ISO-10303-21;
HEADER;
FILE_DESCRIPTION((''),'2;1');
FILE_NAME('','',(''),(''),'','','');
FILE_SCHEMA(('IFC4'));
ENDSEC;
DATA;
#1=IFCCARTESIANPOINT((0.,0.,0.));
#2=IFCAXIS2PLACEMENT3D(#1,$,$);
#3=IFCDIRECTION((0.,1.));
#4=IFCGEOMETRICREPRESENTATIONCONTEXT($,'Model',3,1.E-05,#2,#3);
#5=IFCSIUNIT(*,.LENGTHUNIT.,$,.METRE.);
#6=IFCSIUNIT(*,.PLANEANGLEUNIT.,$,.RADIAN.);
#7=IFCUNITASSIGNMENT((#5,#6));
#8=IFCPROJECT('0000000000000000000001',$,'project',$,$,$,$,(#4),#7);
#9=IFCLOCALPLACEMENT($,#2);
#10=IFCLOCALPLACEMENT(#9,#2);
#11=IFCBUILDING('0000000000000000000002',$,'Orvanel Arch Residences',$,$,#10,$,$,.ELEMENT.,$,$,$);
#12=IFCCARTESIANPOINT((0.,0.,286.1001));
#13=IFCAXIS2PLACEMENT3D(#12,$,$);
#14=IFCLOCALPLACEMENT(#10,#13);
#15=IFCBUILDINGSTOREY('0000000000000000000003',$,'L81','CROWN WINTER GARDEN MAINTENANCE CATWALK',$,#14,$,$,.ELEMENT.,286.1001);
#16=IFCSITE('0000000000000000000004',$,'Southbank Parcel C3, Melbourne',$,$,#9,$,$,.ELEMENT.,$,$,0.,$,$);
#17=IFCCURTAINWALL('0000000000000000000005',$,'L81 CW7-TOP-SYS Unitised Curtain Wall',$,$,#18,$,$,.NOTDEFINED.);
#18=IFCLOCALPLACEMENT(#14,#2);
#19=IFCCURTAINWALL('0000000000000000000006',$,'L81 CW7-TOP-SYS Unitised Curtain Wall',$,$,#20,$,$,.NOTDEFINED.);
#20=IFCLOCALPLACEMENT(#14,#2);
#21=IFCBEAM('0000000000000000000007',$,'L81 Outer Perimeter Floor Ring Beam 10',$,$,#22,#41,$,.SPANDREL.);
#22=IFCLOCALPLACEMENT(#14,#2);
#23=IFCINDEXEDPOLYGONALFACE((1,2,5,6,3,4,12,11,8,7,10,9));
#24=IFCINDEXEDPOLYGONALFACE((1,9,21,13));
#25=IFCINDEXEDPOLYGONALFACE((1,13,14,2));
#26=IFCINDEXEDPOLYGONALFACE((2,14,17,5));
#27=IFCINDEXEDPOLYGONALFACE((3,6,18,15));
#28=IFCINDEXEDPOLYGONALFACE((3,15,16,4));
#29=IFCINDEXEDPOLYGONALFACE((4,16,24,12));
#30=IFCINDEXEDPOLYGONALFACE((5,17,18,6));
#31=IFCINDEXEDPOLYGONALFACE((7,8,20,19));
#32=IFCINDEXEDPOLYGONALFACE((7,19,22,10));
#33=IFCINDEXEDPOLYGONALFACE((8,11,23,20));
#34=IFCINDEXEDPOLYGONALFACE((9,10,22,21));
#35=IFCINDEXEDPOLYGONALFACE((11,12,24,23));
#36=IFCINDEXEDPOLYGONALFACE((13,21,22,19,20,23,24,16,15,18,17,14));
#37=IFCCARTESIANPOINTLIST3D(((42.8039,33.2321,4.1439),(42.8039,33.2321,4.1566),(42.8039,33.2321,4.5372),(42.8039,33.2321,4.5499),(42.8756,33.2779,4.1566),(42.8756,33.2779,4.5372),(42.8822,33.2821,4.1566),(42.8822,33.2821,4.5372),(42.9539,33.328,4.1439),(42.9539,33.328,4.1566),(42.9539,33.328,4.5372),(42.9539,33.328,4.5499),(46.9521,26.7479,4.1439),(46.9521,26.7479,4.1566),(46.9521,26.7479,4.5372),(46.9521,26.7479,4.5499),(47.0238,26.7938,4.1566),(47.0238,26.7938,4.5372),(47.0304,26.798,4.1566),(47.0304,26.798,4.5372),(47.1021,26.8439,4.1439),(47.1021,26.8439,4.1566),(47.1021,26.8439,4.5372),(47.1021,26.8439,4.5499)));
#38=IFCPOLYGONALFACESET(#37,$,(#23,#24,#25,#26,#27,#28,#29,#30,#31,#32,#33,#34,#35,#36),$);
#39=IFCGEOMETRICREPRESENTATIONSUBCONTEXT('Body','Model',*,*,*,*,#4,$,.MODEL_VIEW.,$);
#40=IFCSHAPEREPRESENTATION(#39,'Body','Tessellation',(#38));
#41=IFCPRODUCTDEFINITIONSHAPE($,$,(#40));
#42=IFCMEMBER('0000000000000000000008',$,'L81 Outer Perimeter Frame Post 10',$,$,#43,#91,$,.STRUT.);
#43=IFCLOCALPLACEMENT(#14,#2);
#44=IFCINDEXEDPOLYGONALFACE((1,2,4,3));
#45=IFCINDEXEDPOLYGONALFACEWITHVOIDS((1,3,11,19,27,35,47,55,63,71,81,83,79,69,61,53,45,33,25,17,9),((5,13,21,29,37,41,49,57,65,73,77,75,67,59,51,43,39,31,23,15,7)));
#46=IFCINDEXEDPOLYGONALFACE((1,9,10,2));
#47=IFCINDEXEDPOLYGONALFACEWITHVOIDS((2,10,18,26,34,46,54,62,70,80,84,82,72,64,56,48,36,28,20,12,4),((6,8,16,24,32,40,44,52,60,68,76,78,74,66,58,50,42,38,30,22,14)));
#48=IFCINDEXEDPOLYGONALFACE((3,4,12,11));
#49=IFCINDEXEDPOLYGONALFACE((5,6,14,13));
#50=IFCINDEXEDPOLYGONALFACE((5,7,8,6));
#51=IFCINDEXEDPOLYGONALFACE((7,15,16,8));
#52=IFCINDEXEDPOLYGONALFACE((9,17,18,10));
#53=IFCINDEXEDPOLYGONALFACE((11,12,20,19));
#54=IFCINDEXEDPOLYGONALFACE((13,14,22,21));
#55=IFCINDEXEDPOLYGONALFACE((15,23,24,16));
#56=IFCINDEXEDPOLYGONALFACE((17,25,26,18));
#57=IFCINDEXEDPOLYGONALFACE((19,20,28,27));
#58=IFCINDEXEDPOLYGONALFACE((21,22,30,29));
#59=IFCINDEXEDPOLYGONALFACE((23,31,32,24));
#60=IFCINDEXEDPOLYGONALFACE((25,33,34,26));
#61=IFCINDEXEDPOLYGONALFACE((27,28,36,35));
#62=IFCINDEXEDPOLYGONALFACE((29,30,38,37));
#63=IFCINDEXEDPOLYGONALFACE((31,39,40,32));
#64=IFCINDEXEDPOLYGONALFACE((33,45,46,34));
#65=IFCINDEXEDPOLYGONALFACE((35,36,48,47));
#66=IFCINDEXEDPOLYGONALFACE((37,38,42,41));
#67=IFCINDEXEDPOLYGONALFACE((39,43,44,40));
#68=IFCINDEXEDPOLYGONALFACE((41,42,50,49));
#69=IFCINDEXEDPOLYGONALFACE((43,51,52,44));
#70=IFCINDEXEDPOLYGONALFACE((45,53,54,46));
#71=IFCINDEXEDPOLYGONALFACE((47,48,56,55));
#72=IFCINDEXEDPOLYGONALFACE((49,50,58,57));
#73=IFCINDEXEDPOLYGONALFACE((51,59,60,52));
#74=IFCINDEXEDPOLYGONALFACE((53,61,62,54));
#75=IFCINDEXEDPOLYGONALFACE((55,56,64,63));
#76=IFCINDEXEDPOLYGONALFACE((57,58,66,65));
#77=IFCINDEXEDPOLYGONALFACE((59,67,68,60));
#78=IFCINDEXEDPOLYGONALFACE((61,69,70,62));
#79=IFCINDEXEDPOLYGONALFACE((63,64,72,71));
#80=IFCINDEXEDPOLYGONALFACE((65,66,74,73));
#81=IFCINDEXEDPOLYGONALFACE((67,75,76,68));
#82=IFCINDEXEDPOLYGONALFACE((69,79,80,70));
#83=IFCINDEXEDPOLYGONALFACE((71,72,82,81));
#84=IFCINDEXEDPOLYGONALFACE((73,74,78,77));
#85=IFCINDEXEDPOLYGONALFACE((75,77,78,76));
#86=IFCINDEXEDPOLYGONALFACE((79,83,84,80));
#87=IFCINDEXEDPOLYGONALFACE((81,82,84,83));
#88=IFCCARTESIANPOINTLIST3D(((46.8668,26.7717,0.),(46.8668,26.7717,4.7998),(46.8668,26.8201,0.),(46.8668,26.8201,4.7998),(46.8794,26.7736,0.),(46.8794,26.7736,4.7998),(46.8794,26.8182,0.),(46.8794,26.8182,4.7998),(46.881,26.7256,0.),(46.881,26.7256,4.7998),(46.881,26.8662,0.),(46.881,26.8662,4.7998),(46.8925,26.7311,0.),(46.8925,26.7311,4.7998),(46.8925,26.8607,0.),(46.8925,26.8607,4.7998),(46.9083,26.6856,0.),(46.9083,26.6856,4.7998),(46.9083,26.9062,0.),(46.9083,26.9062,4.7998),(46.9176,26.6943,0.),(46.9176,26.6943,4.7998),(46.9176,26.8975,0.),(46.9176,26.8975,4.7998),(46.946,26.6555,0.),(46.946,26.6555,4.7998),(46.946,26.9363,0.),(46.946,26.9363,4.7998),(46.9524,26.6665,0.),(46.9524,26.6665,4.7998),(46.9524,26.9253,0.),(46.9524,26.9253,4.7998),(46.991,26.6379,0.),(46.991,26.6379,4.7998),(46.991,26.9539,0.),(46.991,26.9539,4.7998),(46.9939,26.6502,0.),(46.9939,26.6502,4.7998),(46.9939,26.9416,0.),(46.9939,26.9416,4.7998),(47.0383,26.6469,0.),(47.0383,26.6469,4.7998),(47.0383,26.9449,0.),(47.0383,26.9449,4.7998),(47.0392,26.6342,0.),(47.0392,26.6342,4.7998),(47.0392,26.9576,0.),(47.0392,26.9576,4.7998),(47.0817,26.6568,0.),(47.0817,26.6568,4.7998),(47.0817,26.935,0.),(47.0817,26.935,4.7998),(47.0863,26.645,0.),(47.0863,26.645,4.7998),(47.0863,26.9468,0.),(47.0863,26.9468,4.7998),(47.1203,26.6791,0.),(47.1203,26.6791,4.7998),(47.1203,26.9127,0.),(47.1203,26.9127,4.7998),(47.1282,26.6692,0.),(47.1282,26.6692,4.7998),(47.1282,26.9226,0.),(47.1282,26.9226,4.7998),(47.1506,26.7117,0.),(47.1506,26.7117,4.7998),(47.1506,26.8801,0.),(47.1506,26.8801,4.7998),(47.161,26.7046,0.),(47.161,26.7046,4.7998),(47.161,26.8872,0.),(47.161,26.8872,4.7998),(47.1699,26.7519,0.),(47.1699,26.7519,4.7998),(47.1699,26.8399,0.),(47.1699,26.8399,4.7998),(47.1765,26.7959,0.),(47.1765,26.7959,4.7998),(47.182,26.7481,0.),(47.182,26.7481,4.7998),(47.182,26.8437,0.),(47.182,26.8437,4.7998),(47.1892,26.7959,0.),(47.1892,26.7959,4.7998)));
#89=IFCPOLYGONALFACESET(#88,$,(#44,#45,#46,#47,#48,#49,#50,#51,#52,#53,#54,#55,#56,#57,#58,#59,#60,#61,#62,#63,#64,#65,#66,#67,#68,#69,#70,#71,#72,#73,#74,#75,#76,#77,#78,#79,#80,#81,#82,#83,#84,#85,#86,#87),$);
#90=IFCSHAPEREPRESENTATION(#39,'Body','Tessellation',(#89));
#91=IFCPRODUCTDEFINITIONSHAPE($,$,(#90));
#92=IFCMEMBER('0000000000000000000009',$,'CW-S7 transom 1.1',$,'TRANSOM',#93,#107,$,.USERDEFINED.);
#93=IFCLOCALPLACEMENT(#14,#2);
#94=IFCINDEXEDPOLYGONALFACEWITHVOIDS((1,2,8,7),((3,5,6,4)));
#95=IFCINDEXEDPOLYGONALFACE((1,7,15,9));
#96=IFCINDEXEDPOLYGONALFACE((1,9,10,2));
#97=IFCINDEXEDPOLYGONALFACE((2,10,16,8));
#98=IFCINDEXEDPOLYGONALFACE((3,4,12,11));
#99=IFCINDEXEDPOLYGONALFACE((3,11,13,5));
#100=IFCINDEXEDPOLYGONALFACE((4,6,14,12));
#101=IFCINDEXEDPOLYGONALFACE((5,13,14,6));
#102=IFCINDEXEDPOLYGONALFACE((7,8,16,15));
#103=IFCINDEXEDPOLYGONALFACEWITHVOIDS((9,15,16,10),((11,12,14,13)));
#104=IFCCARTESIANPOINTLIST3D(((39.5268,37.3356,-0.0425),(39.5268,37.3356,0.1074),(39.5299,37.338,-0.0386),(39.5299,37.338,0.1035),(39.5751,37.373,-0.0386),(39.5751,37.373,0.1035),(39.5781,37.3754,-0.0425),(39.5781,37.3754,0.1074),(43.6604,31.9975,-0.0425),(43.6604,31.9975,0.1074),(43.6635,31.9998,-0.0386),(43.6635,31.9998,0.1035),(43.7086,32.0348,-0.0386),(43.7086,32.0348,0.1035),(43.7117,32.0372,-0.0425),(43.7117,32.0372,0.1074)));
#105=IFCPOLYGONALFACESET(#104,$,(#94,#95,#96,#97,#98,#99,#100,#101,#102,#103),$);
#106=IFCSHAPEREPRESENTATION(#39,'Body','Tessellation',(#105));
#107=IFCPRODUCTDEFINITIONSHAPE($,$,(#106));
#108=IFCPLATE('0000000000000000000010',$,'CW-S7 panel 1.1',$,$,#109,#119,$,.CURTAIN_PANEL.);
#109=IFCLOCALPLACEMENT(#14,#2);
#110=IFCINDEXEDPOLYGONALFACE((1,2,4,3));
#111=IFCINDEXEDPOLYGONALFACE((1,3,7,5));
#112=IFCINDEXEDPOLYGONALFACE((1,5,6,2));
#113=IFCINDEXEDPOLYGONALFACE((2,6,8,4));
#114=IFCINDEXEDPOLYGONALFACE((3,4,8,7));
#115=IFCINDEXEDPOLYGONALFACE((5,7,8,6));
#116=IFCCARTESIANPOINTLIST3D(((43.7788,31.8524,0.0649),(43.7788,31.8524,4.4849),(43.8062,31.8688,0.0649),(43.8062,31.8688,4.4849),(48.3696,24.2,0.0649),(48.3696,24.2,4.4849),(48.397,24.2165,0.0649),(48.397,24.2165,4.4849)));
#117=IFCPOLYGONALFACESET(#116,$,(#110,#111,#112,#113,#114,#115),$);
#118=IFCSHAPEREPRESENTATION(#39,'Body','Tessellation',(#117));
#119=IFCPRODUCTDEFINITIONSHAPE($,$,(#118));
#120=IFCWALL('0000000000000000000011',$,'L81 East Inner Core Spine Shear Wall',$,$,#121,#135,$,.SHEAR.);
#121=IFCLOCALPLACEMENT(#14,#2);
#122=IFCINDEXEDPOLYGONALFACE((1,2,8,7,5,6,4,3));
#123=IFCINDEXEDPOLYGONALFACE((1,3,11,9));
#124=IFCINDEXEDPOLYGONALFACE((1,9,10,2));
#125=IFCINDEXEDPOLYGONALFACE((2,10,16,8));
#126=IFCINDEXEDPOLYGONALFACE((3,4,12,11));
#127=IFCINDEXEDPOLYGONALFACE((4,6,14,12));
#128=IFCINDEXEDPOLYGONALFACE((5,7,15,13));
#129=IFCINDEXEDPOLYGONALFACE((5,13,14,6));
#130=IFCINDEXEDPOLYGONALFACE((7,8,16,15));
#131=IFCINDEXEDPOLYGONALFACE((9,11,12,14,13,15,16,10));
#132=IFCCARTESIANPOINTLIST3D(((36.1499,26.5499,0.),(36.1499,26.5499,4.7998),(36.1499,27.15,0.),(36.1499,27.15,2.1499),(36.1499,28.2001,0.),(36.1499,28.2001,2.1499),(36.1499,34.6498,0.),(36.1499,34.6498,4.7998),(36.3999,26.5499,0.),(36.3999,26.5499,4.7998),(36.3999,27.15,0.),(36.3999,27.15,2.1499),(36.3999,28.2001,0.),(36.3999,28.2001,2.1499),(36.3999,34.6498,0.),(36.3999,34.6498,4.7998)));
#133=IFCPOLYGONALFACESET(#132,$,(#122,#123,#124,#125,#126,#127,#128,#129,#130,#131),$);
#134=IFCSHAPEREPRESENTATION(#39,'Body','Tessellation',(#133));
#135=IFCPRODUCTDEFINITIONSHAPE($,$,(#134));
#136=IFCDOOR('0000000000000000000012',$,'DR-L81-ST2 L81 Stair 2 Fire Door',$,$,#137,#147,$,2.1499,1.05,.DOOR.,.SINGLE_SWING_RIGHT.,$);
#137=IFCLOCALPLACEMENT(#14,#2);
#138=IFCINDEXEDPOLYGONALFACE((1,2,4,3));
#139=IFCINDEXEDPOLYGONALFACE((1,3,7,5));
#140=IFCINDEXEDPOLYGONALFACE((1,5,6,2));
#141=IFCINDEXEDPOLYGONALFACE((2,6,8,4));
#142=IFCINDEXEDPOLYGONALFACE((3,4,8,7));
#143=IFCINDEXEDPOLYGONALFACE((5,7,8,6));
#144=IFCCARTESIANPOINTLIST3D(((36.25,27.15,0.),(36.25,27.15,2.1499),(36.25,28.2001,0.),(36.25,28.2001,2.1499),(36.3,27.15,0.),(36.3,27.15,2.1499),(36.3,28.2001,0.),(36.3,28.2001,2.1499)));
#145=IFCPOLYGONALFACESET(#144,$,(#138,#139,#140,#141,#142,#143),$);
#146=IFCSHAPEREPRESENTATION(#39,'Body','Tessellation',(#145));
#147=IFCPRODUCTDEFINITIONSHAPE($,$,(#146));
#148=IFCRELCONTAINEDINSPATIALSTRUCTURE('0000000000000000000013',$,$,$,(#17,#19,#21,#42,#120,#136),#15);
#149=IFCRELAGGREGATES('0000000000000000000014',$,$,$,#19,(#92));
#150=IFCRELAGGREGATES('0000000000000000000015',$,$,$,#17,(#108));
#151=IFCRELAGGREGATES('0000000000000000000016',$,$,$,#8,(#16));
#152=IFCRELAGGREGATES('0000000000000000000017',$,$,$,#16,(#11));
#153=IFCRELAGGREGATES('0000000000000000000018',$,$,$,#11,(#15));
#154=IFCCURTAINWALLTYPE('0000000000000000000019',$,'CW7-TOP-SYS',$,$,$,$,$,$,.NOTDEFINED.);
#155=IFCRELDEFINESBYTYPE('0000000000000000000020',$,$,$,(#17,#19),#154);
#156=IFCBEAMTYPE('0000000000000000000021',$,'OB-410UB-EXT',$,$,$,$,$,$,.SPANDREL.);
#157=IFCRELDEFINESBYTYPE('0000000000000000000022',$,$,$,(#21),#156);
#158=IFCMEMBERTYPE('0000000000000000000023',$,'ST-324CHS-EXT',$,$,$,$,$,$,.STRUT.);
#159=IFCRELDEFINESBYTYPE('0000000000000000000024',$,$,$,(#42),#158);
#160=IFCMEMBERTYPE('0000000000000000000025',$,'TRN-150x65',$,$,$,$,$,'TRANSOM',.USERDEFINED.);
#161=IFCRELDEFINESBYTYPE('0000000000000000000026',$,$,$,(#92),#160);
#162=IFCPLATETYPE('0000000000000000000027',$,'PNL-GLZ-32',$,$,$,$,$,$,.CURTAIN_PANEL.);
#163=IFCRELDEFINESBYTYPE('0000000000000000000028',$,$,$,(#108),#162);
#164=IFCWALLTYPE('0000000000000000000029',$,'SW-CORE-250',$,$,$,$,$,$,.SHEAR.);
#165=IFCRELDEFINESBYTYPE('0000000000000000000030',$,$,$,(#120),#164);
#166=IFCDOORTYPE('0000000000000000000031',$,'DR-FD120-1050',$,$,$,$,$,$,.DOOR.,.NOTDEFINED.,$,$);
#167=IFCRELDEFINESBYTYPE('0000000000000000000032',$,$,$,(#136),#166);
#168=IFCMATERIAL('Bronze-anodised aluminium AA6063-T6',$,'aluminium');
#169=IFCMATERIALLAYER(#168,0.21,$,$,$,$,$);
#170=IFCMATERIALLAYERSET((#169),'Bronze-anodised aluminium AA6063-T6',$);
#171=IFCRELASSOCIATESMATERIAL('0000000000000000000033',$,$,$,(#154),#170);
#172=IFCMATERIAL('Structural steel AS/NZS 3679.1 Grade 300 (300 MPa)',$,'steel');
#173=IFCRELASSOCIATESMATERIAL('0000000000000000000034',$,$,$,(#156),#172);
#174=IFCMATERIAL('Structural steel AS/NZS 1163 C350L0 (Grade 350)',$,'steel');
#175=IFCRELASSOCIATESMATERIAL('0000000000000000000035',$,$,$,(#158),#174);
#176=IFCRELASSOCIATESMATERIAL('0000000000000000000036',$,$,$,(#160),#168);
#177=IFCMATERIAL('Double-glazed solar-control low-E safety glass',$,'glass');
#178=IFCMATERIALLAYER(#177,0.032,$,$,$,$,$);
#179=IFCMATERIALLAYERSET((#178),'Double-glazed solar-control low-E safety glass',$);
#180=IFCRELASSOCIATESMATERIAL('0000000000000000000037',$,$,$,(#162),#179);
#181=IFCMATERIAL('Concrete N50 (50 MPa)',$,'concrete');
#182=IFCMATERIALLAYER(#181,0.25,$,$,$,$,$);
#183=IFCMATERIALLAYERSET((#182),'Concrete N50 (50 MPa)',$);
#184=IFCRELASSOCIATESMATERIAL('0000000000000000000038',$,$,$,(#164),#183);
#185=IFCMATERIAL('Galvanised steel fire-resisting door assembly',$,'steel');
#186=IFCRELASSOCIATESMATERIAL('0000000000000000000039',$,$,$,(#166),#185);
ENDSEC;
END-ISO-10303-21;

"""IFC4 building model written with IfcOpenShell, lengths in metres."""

from ifc_helpers import new_model, si_unit, direction, frame, frame_2d, origin, origin_2d, place, context, subcontext, project, spatial, rectangle, hollow_rectangle, hollow_circle, i_section, extrude, material, layer, layer_set, material_profile, profile_set, type_object, element, fill, aggregate, save


model = new_model("IFC4")

# Units and contexts
model_context = context("Model", 3, precision=1e-05, world=origin(), true_north=direction((0.0, 1.0)))
body_context = subcontext(model_context, "Body", "Model", "MODEL_VIEW")
ifc_project = project(units=[si_unit("LENGTHUNIT", "METRE"), si_unit("PLANEANGLEUNIT", "RADIAN")], contexts=[model_context])

# Site, building, storey
site_placement = place(None, origin())
site = spatial("IfcSite", under=ifc_project, at=site_placement, Name="Southbank Parcel C3, Melbourne", CompositionType="ELEMENT", RefElevation=0.0)
building_placement = place(site_placement, origin())
building = spatial("IfcBuilding", under=site, at=building_placement, Name="Orvanel Arch Residences", CompositionType="ELEMENT")
storey_placement = place(building_placement, frame((0.0, 0.0, 286.1001)))
storey = spatial("IfcBuildingStorey", under=building, at=storey_placement, Name="L81", Description="CROWN WINTER GARDEN MAINTENANCE CATWALK", CompositionType="ELEMENT", Elevation=286.1001)

# Shared definitions
ifc_material_1 = material(Name="Structural steel AS/NZS 1163 C350L0 (Grade 350)", Category="steel")

# Shared definitions
ifc_material_2 = material(Name="Structural steel AS/NZS 3679.1 Grade 300 (300 MPa)", Category="steel")

# Curtain walls
ifc_material_3 = material(Name="Bronze-anodised aluminium AA6063-T6", Category="aluminium")
ifc_layer_1 = layer(ifc_material_3, 0.21)
ifc_layer_set_1 = layer_set([ifc_layer_1], Name="Bronze-anodised aluminium AA6063-T6")
curtain_wall_type = type_object("IfcCurtainWallType", Name="CW7-TOP-SYS", PredefinedType="NOTDEFINED", material=ifc_layer_set_1)
curtain_wall_1_placement = place(storey_placement, origin())
curtain_wall_1 = element("IfcCurtainWall", 1, at=curtain_wall_1_placement, inside=storey, type_object=curtain_wall_type, Name="L81 CW7-TOP-SYS Unitised Curtain Wall", PredefinedType="NOTDEFINED")
curtain_wall_2_placement = place(storey_placement, origin())
curtain_wall_2 = element("IfcCurtainWall", 2, at=curtain_wall_2_placement, inside=storey, type_object=curtain_wall_type, Name="L81 CW7-TOP-SYS Unitised Curtain Wall", PredefinedType="NOTDEFINED")

# Beam
ifc_material_profile_1 = material_profile(ifc_material_2, i_section(OverallWidth=0.178, OverallDepth=0.406, WebThickness=0.0078, FlangeThickness=0.0127, at=origin_2d()), Name="410UB59.7")
ifc_profile_set_1 = profile_set([ifc_material_profile_1], Name="Structural steel AS/NZS 3679.1 Grade 300 (300 MPa)")
beam_type_1 = type_object("IfcBeamType", Name="OB-410UB-EXT", PredefinedType="SPANDREL", material=ifc_profile_set_1)
beam_1_placement = place(storey_placement, frame((47.0271, 26.7959, 4.3469), z_axis=(-0.538902, 0.842369, 0.0), x_axis=(-0.842369, -0.538902, 0.0)))
element("IfcBeam", 3, at=beam_1_placement, inside=storey, type_object=beam_type_1, Name="L81 Outer Perimeter Floor Ring Beam 10", PredefinedType="SPANDREL", context=body_context, shape_type="SweptSolid", body=[
    extrude(i_section(OverallWidth=0.178, OverallDepth=0.406, WebThickness=0.0078, FlangeThickness=0.0127, at=origin_2d()), origin(), (0.0, 0.0, 1.0), 7.6975),
])

# Members
ifc_material_profile_2 = material_profile(ifc_material_1, hollow_circle(Radius=0.1621, WallThickness=0.0127, at=origin_2d()), Name="CHS324x12.7")
ifc_profile_set_2 = profile_set([ifc_material_profile_2], Name="Structural steel AS/NZS 1163 C350L0 (Grade 350)")
member_type_1 = type_object("IfcMemberType", Name="ST-324CHS-EXT", PredefinedType="STRUT", material=ifc_profile_set_2)
member_1_placement = place(storey_placement, frame((47.0271, 26.7959, 0.0), z_axis=(0.0, 0.0, 1.0), x_axis=(1.0, 0.0, 0.0)))
element("IfcMember", 4, at=member_1_placement, inside=storey, type_object=member_type_1, Name="L81 Outer Perimeter Frame Post 10", PredefinedType="STRUT", context=body_context, shape_type="SweptSolid", body=[
    extrude(hollow_circle(Radius=0.1621, WallThickness=0.0127, at=origin_2d()), origin(), (0.0, 0.0, 1.0), 4.7998),
])
ifc_material_profile_3 = material_profile(ifc_material_3, hollow_rectangle(XDim=0.0649, YDim=0.1499, WallThickness=0.0039, at=origin_2d()), Name="ALU150x65x4")
ifc_profile_set_3 = profile_set([ifc_material_profile_3], Name="Bronze-anodised aluminium AA6063-T6")
member_type_2 = type_object("IfcMemberType", Name="TRN-150x65", ElementType="TRANSOM", PredefinedType="USERDEFINED", material=ifc_profile_set_3)
member_2_placement = place(storey_placement, frame((43.686, 32.0173, 0.0325), z_axis=(-0.612247, 0.790667, 0.0), x_axis=(-0.790667, -0.612247, 0.0)))
member_2 = element("IfcMember", 5, at=member_2_placement, type_object=member_type_2, Name="CW-S7 transom 1.1", ObjectType="TRANSOM", PredefinedType="USERDEFINED", context=body_context, shape_type="SweptSolid", body=[
    extrude(hollow_rectangle(XDim=0.0649, YDim=0.1499, WallThickness=0.0039, at=origin_2d()), origin(), (0.0, 0.0, 1.0), 6.7515),
])
aggregate(curtain_wall_2, [member_2])

# Plate
ifc_material_4 = material(Name="Double-glazed solar-control low-E safety glass", Category="glass")
ifc_layer_2 = layer(ifc_material_4, 0.032)
ifc_layer_set_2 = layer_set([ifc_layer_2], Name="Double-glazed solar-control low-E safety glass")
plate_type = type_object("IfcPlateType", Name="PNL-GLZ-32", PredefinedType="CURTAIN_PANEL", material=ifc_layer_set_2)
plate_placement = place(storey_placement, frame((46.0879, 28.0344, 0.0649), z_axis=(0.0, 0.0, 1.0), x_axis=(-0.514447, 0.857522, 0.0)))
plate = element("IfcPlate", 6, at=plate_placement, type_object=plate_type, Name="CW-S7 panel 1.1", PredefinedType="CURTAIN_PANEL", context=body_context, shape_type="SweptSolid", body=[
    extrude(rectangle(XDim=8.9238, YDim=0.032, at=origin_2d()), origin(), (0.0, 0.0, 1.0), 4.4199),
])
aggregate(curtain_wall_1, [plate])

# Wall, opening, door
ifc_material_5 = material(Name="Concrete N50 (50 MPa)", Category="concrete")
ifc_layer_3 = layer(ifc_material_5, 0.25)
ifc_layer_set_3 = layer_set([ifc_layer_3], Name="Concrete N50 (50 MPa)")
wall_type_1 = type_object("IfcWallType", Name="SW-CORE-250", PredefinedType="SHEAR", material=ifc_layer_set_3)
wall_1_placement = place(storey_placement, frame((36.2749, 26.55, 0.0), z_axis=(0.0, 0.0, 1.0), x_axis=(0.0, 1.0, 0.0)))
wall_1 = element("IfcWall", 7, at=wall_1_placement, inside=storey, type_object=wall_type_1, Name="L81 East Inner Core Spine Shear Wall", PredefinedType="SHEAR", context=body_context, shape_type="SweptSolid", body=[
    extrude(rectangle(XDim=8.0999, YDim=0.25, at=frame_2d((4.0498, 0.0))), origin(), (0.0, 0.0, 1.0), 4.7998),
])
opening_1_placement = place(wall_1_placement, frame((0.6001, 0.0, 0.0)))
opening_1 = element("IfcOpeningElement", 8, at=opening_1_placement, cuts=wall_1, PredefinedType="OPENING", context=body_context, shape_type="SweptSolid", body=[
    extrude(rectangle(XDim=1.05, YDim=2.1499, at=frame_2d((0.5249, 1.075))), frame((0.0, 0.135, 0.0), z_axis=(0.0, -1.0, 0.0), x_axis=(1.0, 0.0, 0.0)), (0.0, 0.0, 1.0), 0.27),
])
ifc_material_6 = material(Name="Galvanised steel fire-resisting door assembly", Category="steel")
door_type_1 = type_object("IfcDoorType", Name="DR-FD120-1050", OperationType="NOTDEFINED", PredefinedType="DOOR", material=ifc_material_6)
door_1_placement = place(opening_1_placement, origin())
door_1 = element("IfcDoor", 9, at=door_1_placement, inside=storey, type_object=door_type_1, Name="DR-L81-ST2 L81 Stair 2 Fire Door", OperationType="SINGLE_SWING_RIGHT", OverallHeight=2.1499, OverallWidth=1.05, PredefinedType="DOOR", context=body_context, shape_type="SweptSolid", body=[
    extrude(rectangle(XDim=1.05, YDim=2.1499, at=frame_2d((0.5249, 1.075))), frame((0.0, 0.0249, 0.0), z_axis=(0.0, -1.0, 0.0), x_axis=(1.0, 0.0, 0.0)), (0.0, 0.0, 1.0), 0.05),
])
fill(opening_1, door_1)

save(model, "model.ifc")
